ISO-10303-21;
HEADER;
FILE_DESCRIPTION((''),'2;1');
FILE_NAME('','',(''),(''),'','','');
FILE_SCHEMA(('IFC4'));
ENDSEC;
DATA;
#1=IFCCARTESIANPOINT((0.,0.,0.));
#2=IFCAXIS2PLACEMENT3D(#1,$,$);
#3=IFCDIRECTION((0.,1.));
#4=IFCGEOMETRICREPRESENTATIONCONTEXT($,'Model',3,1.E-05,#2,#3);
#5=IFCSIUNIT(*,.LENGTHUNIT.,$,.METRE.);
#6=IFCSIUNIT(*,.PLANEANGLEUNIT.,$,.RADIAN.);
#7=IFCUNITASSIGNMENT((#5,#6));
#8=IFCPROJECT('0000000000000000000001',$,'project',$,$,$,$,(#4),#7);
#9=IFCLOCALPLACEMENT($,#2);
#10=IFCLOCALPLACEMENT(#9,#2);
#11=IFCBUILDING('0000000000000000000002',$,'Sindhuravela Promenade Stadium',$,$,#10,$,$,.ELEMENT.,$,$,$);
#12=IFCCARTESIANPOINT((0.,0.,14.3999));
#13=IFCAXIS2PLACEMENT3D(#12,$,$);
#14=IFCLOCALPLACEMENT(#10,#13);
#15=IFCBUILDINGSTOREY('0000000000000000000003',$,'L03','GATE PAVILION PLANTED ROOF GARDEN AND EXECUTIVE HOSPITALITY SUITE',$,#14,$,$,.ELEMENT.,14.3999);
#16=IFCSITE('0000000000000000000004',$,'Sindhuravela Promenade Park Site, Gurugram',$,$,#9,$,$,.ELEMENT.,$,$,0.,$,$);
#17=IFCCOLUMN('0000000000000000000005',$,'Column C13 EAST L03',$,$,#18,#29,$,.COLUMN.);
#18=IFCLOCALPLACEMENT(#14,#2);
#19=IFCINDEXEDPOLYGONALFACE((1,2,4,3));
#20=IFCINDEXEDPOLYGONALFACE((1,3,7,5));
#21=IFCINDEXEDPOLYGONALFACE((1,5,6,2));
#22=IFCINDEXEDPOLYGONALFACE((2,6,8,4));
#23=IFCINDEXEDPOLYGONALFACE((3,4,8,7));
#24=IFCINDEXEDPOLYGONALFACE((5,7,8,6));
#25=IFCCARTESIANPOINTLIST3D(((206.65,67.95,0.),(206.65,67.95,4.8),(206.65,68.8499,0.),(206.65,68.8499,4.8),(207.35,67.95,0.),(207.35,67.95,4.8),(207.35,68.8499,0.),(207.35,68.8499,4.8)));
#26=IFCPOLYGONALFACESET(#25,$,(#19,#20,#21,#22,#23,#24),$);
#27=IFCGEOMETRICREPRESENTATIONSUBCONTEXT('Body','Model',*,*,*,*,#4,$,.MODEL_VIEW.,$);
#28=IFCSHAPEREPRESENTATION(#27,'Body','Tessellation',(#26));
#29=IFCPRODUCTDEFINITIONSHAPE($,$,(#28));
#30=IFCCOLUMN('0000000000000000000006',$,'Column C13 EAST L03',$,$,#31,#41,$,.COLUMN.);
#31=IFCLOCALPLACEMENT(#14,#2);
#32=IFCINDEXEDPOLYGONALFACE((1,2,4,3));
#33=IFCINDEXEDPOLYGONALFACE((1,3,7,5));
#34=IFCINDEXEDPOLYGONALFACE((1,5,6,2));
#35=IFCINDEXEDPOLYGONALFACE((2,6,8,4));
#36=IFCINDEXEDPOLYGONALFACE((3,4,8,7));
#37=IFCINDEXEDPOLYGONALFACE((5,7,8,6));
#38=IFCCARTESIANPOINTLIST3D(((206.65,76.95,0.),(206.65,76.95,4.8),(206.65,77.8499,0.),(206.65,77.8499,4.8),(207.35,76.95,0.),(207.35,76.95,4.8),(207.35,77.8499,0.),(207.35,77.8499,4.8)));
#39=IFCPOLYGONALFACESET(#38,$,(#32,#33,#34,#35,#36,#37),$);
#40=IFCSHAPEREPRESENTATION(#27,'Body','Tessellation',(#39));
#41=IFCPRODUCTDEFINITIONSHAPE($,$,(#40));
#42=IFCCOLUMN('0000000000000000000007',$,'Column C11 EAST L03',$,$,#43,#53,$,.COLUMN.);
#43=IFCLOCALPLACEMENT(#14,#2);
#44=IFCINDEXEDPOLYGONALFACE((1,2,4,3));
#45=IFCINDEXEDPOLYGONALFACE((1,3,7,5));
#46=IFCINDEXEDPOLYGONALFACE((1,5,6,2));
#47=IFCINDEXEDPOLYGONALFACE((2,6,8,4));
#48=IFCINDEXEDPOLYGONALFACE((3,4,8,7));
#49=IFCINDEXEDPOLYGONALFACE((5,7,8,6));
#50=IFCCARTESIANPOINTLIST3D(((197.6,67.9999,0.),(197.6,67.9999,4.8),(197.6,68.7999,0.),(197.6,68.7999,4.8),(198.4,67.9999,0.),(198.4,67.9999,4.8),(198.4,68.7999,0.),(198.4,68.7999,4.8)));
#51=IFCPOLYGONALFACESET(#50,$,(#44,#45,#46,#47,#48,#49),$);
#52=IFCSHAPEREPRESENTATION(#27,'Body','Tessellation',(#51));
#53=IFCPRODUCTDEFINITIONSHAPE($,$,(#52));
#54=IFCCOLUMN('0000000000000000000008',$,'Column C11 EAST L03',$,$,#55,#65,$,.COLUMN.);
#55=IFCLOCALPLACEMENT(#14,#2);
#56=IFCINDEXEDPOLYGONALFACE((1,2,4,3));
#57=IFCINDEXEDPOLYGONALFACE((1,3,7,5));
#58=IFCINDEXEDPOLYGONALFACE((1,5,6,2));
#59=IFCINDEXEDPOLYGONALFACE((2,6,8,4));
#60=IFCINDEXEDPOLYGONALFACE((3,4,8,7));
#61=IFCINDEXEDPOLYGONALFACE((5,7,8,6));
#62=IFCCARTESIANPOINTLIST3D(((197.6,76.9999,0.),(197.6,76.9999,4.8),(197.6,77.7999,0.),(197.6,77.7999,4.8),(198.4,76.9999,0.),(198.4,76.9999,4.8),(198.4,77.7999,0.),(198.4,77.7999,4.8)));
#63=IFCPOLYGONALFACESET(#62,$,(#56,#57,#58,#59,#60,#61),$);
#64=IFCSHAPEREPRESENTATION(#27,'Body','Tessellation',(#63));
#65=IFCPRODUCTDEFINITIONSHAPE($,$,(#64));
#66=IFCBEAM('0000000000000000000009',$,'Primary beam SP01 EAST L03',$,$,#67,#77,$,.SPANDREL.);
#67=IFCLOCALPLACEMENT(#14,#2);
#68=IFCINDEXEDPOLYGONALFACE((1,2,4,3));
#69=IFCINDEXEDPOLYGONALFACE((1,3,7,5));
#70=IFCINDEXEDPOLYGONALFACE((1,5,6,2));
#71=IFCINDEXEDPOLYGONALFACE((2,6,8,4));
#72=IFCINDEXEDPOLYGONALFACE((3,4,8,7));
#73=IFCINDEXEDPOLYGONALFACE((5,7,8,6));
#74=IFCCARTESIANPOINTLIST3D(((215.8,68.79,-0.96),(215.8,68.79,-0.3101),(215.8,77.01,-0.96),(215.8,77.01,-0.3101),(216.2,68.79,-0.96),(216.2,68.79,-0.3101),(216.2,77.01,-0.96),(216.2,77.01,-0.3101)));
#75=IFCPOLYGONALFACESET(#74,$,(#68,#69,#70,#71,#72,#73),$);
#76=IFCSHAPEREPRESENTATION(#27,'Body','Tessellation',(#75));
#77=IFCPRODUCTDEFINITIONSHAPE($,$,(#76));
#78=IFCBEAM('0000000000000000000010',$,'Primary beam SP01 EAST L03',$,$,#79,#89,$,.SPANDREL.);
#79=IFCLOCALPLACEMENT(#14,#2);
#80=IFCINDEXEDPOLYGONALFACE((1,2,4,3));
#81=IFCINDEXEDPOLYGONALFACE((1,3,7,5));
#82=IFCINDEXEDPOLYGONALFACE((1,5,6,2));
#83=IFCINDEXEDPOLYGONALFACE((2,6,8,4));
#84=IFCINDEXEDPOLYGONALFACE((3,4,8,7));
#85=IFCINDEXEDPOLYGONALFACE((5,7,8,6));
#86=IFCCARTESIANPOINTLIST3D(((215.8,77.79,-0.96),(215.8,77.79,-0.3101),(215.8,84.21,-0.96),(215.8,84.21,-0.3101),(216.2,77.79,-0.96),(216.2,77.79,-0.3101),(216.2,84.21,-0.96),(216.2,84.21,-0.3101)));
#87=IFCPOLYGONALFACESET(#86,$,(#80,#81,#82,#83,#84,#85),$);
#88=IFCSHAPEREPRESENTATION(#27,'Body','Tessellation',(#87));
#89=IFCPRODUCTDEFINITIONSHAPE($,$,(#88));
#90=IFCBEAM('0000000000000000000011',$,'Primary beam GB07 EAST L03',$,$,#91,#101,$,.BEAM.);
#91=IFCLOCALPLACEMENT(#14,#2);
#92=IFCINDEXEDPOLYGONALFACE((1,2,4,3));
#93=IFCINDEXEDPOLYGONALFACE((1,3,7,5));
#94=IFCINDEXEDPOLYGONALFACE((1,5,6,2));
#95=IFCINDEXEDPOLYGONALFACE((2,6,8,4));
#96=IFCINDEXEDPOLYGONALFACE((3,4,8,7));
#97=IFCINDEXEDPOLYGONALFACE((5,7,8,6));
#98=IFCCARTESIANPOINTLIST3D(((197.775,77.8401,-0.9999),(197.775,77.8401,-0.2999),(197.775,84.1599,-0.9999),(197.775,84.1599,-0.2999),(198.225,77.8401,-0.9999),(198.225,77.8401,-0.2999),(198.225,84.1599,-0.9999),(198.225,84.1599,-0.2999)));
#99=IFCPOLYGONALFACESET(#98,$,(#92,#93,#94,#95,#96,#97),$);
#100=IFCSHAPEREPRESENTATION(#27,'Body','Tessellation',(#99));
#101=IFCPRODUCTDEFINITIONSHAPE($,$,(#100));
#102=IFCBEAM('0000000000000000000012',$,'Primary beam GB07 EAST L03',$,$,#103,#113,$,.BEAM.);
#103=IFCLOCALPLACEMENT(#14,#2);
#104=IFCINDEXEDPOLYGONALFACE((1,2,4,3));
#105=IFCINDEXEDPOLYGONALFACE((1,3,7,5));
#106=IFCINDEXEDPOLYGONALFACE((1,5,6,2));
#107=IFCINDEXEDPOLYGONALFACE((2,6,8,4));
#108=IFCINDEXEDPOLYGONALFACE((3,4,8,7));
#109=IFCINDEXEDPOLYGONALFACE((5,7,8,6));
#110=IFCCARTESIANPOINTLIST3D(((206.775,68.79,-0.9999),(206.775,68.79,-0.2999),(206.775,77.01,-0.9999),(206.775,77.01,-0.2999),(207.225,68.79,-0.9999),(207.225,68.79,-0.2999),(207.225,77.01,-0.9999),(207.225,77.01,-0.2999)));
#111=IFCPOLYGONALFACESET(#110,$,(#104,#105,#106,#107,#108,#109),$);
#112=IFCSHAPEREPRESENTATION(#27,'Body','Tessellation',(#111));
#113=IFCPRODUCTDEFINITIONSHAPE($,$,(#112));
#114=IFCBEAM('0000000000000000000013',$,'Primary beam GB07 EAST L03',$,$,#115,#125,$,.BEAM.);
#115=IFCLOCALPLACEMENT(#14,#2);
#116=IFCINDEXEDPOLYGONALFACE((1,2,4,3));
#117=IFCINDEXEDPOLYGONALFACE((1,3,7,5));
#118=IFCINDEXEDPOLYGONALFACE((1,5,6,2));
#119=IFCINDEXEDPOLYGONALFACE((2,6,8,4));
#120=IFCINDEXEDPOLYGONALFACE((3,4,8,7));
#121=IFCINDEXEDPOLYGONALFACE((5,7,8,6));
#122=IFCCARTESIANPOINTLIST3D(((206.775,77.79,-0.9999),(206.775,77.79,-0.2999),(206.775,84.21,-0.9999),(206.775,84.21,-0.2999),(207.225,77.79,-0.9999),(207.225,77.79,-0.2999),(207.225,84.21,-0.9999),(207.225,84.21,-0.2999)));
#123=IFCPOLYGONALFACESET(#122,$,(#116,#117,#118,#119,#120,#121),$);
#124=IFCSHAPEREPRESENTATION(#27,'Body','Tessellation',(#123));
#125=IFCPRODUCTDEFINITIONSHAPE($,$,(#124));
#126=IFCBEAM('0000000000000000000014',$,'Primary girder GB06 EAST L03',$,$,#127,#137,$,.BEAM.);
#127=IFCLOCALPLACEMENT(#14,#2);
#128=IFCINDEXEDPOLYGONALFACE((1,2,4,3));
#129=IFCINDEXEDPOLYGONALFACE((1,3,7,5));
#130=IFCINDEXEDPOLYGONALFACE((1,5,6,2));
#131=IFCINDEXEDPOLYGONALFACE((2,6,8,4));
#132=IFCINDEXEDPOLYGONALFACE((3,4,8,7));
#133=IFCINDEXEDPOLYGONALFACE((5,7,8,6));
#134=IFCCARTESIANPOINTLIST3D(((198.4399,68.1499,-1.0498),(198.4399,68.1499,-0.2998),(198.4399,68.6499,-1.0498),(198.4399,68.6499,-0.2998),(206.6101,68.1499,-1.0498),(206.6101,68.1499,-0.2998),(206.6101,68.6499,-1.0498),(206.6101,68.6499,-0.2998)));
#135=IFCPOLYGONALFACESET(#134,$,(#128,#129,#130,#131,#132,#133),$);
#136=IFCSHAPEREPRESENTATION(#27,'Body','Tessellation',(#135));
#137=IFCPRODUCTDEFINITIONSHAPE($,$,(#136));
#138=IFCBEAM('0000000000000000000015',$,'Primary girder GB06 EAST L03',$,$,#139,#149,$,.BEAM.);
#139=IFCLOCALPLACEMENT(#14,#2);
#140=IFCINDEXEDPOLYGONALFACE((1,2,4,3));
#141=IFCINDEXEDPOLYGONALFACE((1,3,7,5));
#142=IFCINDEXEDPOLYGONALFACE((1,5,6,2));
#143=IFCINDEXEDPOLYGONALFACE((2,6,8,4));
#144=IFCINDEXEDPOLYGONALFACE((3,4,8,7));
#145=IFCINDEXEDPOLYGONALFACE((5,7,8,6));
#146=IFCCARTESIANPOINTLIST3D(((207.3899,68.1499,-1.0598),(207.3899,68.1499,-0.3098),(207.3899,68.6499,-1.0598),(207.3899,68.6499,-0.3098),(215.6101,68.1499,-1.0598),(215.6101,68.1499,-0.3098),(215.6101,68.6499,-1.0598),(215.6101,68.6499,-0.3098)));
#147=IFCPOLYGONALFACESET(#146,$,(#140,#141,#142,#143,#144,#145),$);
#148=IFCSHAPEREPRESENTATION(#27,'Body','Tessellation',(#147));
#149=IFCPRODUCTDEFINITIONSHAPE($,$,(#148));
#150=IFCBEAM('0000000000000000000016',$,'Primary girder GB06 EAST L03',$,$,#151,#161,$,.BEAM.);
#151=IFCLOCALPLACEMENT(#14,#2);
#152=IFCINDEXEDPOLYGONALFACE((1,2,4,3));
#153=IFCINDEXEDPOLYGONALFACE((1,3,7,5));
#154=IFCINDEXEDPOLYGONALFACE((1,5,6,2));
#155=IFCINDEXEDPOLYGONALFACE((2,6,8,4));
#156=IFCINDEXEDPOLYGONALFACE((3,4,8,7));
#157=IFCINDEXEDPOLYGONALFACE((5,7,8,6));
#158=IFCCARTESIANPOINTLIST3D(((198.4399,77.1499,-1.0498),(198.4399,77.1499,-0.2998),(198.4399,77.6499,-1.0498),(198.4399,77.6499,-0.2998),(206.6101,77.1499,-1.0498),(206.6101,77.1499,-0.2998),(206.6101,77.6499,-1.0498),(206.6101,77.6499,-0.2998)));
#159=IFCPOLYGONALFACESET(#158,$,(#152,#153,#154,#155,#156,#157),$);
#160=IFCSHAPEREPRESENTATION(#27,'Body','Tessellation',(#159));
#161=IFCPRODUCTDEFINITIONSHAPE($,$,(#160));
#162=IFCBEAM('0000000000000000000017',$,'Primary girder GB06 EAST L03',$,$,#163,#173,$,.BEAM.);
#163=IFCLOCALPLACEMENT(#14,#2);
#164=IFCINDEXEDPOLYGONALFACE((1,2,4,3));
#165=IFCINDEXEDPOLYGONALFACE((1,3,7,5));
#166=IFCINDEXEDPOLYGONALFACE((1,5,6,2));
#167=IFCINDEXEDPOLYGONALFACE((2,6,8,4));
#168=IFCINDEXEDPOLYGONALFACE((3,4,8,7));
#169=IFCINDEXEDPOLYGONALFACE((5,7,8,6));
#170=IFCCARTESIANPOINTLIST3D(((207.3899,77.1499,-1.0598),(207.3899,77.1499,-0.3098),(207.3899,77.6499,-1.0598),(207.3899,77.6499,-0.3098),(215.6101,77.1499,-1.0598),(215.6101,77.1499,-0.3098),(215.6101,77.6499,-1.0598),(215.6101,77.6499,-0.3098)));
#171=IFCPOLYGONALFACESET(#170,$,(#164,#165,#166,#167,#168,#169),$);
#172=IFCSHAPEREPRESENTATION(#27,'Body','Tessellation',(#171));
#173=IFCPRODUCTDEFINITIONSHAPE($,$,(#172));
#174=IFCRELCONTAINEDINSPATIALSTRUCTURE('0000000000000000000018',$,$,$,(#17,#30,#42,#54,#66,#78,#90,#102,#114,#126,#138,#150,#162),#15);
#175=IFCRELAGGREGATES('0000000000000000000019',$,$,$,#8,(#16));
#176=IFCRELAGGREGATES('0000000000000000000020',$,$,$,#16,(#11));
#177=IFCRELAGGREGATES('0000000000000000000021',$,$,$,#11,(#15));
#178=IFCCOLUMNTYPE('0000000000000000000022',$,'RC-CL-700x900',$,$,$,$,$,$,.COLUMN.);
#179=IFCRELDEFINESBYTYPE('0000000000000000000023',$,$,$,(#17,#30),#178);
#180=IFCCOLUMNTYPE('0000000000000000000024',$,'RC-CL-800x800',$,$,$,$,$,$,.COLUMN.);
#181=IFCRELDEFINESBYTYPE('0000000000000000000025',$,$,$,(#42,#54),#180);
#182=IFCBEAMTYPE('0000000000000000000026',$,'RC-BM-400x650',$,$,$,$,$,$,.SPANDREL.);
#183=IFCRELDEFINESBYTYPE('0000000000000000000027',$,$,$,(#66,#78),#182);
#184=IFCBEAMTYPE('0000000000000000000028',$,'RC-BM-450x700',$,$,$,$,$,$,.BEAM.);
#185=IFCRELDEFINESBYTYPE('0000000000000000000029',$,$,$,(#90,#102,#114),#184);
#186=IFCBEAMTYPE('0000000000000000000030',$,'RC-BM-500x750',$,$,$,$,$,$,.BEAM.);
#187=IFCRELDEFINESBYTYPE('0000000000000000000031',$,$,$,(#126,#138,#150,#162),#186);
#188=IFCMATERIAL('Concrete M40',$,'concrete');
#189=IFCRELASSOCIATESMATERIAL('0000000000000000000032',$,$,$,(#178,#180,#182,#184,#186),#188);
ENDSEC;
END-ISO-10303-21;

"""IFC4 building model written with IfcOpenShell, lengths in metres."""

from ifc_helpers import new_model, si_unit, direction, frame, origin, origin_2d, place, context, subcontext, project, spatial, rectangle, extrude, material, material_profile, profile_set, type_object, element, save


model = new_model("IFC4")

# Units and contexts
model_context = context("Model", 3, precision=1e-05, world=origin(), true_north=direction((0.0, 1.0)))
body_context = subcontext(model_context, "Body", "Model", "MODEL_VIEW")
ifc_project = project(units=[si_unit("LENGTHUNIT", "METRE"), si_unit("PLANEANGLEUNIT", "RADIAN")], contexts=[model_context])

# Site, building, storey
site_placement = place(None, origin())
site = spatial("IfcSite", under=ifc_project, at=site_placement, Name="Sindhuravela Promenade Park Site, Gurugram", CompositionType="ELEMENT", RefElevation=0.0)
building_placement = place(site_placement, origin())
building = spatial("IfcBuilding", under=site, at=building_placement, Name="Sindhuravela Promenade Stadium", CompositionType="ELEMENT")
storey_placement = place(building_placement, frame((0.0, 0.0, 14.3999)))
storey = spatial("IfcBuildingStorey", under=building, at=storey_placement, Name="L03", Description="GATE PAVILION PLANTED ROOF GARDEN AND EXECUTIVE HOSPITALITY SUITE", CompositionType="ELEMENT", Elevation=14.3999)

# Columns
ifc_material_1 = material(Name="Concrete M40", Category="concrete")
ifc_material_profile_1 = material_profile(ifc_material_1, rectangle(XDim=0.7, YDim=0.8999, at=origin_2d()), Name="RC 700x900")
ifc_profile_set_1 = profile_set([ifc_material_profile_1], Name="Concrete M40")
column_type_1 = type_object("IfcColumnType", Name="RC-CL-700x900", PredefinedType="COLUMN", material=ifc_profile_set_1)
for number, where, z_axis, x_axis, name in (
    (1, (207.0, 68.3999, 0.0), (0.0, 0.0, 1.0), (1.0, 0.0, 0.0), "Column C13 EAST L03"),
    (2, (207.0, 77.3999, 0.0), (0.0, 0.0, 1.0), (1.0, 0.0, 0.0), "Column C13 EAST L03"),
):
    element("IfcColumn", number, at=place(storey_placement, frame(where, z_axis=z_axis, x_axis=x_axis)), inside=storey, type_object=column_type_1, Name=name, PredefinedType="COLUMN", context=body_context, shape_type="SweptSolid", body=[
        extrude(rectangle(XDim=0.7, YDim=0.8999, at=origin_2d()), origin(), (0.0, 0.0, 1.0), 4.8),
    ])
ifc_material_profile_2 = material_profile(ifc_material_1, rectangle(XDim=0.8, YDim=0.8, at=origin_2d()), Name="RC 800x800")
ifc_profile_set_2 = profile_set([ifc_material_profile_2], Name="Concrete M40")
column_type_2 = type_object("IfcColumnType", Name="RC-CL-800x800", PredefinedType="COLUMN", material=ifc_profile_set_2)
for number, where, z_axis, x_axis, name in (
    (3, (198.0, 68.3999, 0.0), (0.0, 0.0, 1.0), (1.0, 0.0, 0.0), "Column C11 EAST L03"),
    (4, (198.0, 77.3999, 0.0), (0.0, 0.0, 1.0), (1.0, 0.0, 0.0), "Column C11 EAST L03"),
):
    element("IfcColumn", number, at=place(storey_placement, frame(where, z_axis=z_axis, x_axis=x_axis)), inside=storey, type_object=column_type_2, Name=name, PredefinedType="COLUMN", context=body_context, shape_type="SweptSolid", body=[
        extrude(rectangle(XDim=0.8, YDim=0.8, at=origin_2d()), origin(), (0.0, 0.0, 1.0), 4.8),
    ])

# Beams
ifc_material_profile_3 = material_profile(ifc_material_1, rectangle(XDim=0.3999, YDim=0.6499, at=origin_2d()), Name="RC 400x650")
ifc_profile_set_3 = profile_set([ifc_material_profile_3], Name="Concrete M40")
beam_type_1 = type_object("IfcBeamType", Name="RC-BM-400x650", PredefinedType="SPANDREL", material=ifc_profile_set_3)
beam_1_placement = place(storey_placement, frame((216.0, 68.79, -0.635), z_axis=(0.0, 1.0, 0.0), x_axis=(-1.0, 0.0, 0.0)))
element("IfcBeam", 5, at=beam_1_placement, inside=storey, type_object=beam_type_1, Name="Primary beam SP01 EAST L03", PredefinedType="SPANDREL", context=body_context, shape_type="SweptSolid", body=[
    extrude(rectangle(XDim=0.3999, YDim=0.6499, at=origin_2d()), origin(), (0.0, 0.0, 1.0), 8.22),
])
beam_2_placement = place(storey_placement, frame((216.0, 77.79, -0.635), z_axis=(0.0, 1.0, 0.0), x_axis=(-1.0, 0.0, 0.0)))
element("IfcBeam", 6, at=beam_2_placement, inside=storey, type_object=beam_type_1, Name="Primary beam SP01 EAST L03", PredefinedType="SPANDREL", context=body_context, shape_type="SweptSolid", body=[
    extrude(rectangle(XDim=0.3999, YDim=0.6499, at=origin_2d()), origin(), (0.0, 0.0, 1.0), 6.4199),
])
ifc_material_profile_4 = material_profile(ifc_material_1, rectangle(XDim=0.45, YDim=0.7, at=origin_2d()), Name="RC 450x700")
ifc_profile_set_4 = profile_set([ifc_material_profile_4], Name="Concrete M40")
beam_type_2 = type_object("IfcBeamType", Name="RC-BM-450x700", PredefinedType="BEAM", material=ifc_profile_set_4)
beam_3_placement = place(storey_placement, frame((198.0, 77.8401, -0.6499), z_axis=(0.0, 1.0, 0.0), x_axis=(-1.0, 0.0, 0.0)))
element("IfcBeam", 7, at=beam_3_placement, inside=storey, type_object=beam_type_2, Name="Primary beam GB07 EAST L03", PredefinedType="BEAM", context=body_context, shape_type="SweptSolid", body=[
    extrude(rectangle(XDim=0.45, YDim=0.7, at=origin_2d()), origin(), (0.0, 0.0, 1.0), 6.3198),
])
beam_4_placement = place(storey_placement, frame((207.0, 68.79, -0.6499), z_axis=(0.0, 1.0, 0.0), x_axis=(-1.0, 0.0, 0.0)))
element("IfcBeam", 8, at=beam_4_placement, inside=storey, type_object=beam_type_2, Name="Primary beam GB07 EAST L03", PredefinedType="BEAM", context=body_context, shape_type="SweptSolid", body=[
    extrude(rectangle(XDim=0.45, YDim=0.7, at=origin_2d()), origin(), (0.0, 0.0, 1.0), 8.22),
])
beam_5_placement = place(storey_placement, frame((207.0, 77.79, -0.6499), z_axis=(0.0, 1.0, 0.0), x_axis=(-1.0, 0.0, 0.0)))
element("IfcBeam", 9, at=beam_5_placement, inside=storey, type_object=beam_type_2, Name="Primary beam GB07 EAST L03", PredefinedType="BEAM", context=body_context, shape_type="SweptSolid", body=[
    extrude(rectangle(XDim=0.45, YDim=0.7, at=origin_2d()), origin(), (0.0, 0.0, 1.0), 6.4199),
])
ifc_material_profile_5 = material_profile(ifc_material_1, rectangle(XDim=0.5, YDim=0.75, at=origin_2d()), Name="RC 500x750")
ifc_profile_set_5 = profile_set([ifc_material_profile_5], Name="Concrete M40")
beam_type_3 = type_object("IfcBeamType", Name="RC-BM-500x750", PredefinedType="BEAM", material=ifc_profile_set_5)
beam_6_placement = place(storey_placement, frame((198.4399, 68.3999, -0.6748), z_axis=(1.0, 0.0, 0.0), x_axis=(0.0, 1.0, 0.0)))
element("IfcBeam", 10, at=beam_6_placement, inside=storey, type_object=beam_type_3, Name="Primary girder GB06 EAST L03", PredefinedType="BEAM", context=body_context, shape_type="SweptSolid", body=[
    extrude(rectangle(XDim=0.5, YDim=0.75, at=origin_2d()), origin(), (0.0, 0.0, 1.0), 8.1702),
])
beam_7_placement = place(storey_placement, frame((207.3899, 68.3999, -0.6848), z_axis=(1.0, 0.0, 0.0), x_axis=(0.0, 1.0, 0.0)))
element("IfcBeam", 11, at=beam_7_placement, inside=storey, type_object=beam_type_3, Name="Primary girder GB06 EAST L03", PredefinedType="BEAM", context=body_context, shape_type="SweptSolid", body=[
    extrude(rectangle(XDim=0.5, YDim=0.75, at=origin_2d()), origin(), (0.0, 0.0, 1.0), 8.2202),
])
beam_8_placement = place(storey_placement, frame((198.4399, 77.3999, -0.6748), z_axis=(1.0, 0.0, 0.0), x_axis=(0.0, 1.0, 0.0)))
element("IfcBeam", 12, at=beam_8_placement, inside=storey, type_object=beam_type_3, Name="Primary girder GB06 EAST L03", PredefinedType="BEAM", context=body_context, shape_type="SweptSolid", body=[
    extrude(rectangle(XDim=0.5, YDim=0.75, at=origin_2d()), origin(), (0.0, 0.0, 1.0), 8.1702),
])
beam_9_placement = place(storey_placement, frame((207.3899, 77.3999, -0.6848), z_axis=(1.0, 0.0, 0.0), x_axis=(0.0, 1.0, 0.0)))
element("IfcBeam", 13, at=beam_9_placement, inside=storey, type_object=beam_type_3, Name="Primary girder GB06 EAST L03", PredefinedType="BEAM", context=body_context, shape_type="SweptSolid", body=[
    extrude(rectangle(XDim=0.5, YDim=0.75, at=origin_2d()), origin(), (0.0, 0.0, 1.0), 8.2202),
])

save(model, "model.ifc")
